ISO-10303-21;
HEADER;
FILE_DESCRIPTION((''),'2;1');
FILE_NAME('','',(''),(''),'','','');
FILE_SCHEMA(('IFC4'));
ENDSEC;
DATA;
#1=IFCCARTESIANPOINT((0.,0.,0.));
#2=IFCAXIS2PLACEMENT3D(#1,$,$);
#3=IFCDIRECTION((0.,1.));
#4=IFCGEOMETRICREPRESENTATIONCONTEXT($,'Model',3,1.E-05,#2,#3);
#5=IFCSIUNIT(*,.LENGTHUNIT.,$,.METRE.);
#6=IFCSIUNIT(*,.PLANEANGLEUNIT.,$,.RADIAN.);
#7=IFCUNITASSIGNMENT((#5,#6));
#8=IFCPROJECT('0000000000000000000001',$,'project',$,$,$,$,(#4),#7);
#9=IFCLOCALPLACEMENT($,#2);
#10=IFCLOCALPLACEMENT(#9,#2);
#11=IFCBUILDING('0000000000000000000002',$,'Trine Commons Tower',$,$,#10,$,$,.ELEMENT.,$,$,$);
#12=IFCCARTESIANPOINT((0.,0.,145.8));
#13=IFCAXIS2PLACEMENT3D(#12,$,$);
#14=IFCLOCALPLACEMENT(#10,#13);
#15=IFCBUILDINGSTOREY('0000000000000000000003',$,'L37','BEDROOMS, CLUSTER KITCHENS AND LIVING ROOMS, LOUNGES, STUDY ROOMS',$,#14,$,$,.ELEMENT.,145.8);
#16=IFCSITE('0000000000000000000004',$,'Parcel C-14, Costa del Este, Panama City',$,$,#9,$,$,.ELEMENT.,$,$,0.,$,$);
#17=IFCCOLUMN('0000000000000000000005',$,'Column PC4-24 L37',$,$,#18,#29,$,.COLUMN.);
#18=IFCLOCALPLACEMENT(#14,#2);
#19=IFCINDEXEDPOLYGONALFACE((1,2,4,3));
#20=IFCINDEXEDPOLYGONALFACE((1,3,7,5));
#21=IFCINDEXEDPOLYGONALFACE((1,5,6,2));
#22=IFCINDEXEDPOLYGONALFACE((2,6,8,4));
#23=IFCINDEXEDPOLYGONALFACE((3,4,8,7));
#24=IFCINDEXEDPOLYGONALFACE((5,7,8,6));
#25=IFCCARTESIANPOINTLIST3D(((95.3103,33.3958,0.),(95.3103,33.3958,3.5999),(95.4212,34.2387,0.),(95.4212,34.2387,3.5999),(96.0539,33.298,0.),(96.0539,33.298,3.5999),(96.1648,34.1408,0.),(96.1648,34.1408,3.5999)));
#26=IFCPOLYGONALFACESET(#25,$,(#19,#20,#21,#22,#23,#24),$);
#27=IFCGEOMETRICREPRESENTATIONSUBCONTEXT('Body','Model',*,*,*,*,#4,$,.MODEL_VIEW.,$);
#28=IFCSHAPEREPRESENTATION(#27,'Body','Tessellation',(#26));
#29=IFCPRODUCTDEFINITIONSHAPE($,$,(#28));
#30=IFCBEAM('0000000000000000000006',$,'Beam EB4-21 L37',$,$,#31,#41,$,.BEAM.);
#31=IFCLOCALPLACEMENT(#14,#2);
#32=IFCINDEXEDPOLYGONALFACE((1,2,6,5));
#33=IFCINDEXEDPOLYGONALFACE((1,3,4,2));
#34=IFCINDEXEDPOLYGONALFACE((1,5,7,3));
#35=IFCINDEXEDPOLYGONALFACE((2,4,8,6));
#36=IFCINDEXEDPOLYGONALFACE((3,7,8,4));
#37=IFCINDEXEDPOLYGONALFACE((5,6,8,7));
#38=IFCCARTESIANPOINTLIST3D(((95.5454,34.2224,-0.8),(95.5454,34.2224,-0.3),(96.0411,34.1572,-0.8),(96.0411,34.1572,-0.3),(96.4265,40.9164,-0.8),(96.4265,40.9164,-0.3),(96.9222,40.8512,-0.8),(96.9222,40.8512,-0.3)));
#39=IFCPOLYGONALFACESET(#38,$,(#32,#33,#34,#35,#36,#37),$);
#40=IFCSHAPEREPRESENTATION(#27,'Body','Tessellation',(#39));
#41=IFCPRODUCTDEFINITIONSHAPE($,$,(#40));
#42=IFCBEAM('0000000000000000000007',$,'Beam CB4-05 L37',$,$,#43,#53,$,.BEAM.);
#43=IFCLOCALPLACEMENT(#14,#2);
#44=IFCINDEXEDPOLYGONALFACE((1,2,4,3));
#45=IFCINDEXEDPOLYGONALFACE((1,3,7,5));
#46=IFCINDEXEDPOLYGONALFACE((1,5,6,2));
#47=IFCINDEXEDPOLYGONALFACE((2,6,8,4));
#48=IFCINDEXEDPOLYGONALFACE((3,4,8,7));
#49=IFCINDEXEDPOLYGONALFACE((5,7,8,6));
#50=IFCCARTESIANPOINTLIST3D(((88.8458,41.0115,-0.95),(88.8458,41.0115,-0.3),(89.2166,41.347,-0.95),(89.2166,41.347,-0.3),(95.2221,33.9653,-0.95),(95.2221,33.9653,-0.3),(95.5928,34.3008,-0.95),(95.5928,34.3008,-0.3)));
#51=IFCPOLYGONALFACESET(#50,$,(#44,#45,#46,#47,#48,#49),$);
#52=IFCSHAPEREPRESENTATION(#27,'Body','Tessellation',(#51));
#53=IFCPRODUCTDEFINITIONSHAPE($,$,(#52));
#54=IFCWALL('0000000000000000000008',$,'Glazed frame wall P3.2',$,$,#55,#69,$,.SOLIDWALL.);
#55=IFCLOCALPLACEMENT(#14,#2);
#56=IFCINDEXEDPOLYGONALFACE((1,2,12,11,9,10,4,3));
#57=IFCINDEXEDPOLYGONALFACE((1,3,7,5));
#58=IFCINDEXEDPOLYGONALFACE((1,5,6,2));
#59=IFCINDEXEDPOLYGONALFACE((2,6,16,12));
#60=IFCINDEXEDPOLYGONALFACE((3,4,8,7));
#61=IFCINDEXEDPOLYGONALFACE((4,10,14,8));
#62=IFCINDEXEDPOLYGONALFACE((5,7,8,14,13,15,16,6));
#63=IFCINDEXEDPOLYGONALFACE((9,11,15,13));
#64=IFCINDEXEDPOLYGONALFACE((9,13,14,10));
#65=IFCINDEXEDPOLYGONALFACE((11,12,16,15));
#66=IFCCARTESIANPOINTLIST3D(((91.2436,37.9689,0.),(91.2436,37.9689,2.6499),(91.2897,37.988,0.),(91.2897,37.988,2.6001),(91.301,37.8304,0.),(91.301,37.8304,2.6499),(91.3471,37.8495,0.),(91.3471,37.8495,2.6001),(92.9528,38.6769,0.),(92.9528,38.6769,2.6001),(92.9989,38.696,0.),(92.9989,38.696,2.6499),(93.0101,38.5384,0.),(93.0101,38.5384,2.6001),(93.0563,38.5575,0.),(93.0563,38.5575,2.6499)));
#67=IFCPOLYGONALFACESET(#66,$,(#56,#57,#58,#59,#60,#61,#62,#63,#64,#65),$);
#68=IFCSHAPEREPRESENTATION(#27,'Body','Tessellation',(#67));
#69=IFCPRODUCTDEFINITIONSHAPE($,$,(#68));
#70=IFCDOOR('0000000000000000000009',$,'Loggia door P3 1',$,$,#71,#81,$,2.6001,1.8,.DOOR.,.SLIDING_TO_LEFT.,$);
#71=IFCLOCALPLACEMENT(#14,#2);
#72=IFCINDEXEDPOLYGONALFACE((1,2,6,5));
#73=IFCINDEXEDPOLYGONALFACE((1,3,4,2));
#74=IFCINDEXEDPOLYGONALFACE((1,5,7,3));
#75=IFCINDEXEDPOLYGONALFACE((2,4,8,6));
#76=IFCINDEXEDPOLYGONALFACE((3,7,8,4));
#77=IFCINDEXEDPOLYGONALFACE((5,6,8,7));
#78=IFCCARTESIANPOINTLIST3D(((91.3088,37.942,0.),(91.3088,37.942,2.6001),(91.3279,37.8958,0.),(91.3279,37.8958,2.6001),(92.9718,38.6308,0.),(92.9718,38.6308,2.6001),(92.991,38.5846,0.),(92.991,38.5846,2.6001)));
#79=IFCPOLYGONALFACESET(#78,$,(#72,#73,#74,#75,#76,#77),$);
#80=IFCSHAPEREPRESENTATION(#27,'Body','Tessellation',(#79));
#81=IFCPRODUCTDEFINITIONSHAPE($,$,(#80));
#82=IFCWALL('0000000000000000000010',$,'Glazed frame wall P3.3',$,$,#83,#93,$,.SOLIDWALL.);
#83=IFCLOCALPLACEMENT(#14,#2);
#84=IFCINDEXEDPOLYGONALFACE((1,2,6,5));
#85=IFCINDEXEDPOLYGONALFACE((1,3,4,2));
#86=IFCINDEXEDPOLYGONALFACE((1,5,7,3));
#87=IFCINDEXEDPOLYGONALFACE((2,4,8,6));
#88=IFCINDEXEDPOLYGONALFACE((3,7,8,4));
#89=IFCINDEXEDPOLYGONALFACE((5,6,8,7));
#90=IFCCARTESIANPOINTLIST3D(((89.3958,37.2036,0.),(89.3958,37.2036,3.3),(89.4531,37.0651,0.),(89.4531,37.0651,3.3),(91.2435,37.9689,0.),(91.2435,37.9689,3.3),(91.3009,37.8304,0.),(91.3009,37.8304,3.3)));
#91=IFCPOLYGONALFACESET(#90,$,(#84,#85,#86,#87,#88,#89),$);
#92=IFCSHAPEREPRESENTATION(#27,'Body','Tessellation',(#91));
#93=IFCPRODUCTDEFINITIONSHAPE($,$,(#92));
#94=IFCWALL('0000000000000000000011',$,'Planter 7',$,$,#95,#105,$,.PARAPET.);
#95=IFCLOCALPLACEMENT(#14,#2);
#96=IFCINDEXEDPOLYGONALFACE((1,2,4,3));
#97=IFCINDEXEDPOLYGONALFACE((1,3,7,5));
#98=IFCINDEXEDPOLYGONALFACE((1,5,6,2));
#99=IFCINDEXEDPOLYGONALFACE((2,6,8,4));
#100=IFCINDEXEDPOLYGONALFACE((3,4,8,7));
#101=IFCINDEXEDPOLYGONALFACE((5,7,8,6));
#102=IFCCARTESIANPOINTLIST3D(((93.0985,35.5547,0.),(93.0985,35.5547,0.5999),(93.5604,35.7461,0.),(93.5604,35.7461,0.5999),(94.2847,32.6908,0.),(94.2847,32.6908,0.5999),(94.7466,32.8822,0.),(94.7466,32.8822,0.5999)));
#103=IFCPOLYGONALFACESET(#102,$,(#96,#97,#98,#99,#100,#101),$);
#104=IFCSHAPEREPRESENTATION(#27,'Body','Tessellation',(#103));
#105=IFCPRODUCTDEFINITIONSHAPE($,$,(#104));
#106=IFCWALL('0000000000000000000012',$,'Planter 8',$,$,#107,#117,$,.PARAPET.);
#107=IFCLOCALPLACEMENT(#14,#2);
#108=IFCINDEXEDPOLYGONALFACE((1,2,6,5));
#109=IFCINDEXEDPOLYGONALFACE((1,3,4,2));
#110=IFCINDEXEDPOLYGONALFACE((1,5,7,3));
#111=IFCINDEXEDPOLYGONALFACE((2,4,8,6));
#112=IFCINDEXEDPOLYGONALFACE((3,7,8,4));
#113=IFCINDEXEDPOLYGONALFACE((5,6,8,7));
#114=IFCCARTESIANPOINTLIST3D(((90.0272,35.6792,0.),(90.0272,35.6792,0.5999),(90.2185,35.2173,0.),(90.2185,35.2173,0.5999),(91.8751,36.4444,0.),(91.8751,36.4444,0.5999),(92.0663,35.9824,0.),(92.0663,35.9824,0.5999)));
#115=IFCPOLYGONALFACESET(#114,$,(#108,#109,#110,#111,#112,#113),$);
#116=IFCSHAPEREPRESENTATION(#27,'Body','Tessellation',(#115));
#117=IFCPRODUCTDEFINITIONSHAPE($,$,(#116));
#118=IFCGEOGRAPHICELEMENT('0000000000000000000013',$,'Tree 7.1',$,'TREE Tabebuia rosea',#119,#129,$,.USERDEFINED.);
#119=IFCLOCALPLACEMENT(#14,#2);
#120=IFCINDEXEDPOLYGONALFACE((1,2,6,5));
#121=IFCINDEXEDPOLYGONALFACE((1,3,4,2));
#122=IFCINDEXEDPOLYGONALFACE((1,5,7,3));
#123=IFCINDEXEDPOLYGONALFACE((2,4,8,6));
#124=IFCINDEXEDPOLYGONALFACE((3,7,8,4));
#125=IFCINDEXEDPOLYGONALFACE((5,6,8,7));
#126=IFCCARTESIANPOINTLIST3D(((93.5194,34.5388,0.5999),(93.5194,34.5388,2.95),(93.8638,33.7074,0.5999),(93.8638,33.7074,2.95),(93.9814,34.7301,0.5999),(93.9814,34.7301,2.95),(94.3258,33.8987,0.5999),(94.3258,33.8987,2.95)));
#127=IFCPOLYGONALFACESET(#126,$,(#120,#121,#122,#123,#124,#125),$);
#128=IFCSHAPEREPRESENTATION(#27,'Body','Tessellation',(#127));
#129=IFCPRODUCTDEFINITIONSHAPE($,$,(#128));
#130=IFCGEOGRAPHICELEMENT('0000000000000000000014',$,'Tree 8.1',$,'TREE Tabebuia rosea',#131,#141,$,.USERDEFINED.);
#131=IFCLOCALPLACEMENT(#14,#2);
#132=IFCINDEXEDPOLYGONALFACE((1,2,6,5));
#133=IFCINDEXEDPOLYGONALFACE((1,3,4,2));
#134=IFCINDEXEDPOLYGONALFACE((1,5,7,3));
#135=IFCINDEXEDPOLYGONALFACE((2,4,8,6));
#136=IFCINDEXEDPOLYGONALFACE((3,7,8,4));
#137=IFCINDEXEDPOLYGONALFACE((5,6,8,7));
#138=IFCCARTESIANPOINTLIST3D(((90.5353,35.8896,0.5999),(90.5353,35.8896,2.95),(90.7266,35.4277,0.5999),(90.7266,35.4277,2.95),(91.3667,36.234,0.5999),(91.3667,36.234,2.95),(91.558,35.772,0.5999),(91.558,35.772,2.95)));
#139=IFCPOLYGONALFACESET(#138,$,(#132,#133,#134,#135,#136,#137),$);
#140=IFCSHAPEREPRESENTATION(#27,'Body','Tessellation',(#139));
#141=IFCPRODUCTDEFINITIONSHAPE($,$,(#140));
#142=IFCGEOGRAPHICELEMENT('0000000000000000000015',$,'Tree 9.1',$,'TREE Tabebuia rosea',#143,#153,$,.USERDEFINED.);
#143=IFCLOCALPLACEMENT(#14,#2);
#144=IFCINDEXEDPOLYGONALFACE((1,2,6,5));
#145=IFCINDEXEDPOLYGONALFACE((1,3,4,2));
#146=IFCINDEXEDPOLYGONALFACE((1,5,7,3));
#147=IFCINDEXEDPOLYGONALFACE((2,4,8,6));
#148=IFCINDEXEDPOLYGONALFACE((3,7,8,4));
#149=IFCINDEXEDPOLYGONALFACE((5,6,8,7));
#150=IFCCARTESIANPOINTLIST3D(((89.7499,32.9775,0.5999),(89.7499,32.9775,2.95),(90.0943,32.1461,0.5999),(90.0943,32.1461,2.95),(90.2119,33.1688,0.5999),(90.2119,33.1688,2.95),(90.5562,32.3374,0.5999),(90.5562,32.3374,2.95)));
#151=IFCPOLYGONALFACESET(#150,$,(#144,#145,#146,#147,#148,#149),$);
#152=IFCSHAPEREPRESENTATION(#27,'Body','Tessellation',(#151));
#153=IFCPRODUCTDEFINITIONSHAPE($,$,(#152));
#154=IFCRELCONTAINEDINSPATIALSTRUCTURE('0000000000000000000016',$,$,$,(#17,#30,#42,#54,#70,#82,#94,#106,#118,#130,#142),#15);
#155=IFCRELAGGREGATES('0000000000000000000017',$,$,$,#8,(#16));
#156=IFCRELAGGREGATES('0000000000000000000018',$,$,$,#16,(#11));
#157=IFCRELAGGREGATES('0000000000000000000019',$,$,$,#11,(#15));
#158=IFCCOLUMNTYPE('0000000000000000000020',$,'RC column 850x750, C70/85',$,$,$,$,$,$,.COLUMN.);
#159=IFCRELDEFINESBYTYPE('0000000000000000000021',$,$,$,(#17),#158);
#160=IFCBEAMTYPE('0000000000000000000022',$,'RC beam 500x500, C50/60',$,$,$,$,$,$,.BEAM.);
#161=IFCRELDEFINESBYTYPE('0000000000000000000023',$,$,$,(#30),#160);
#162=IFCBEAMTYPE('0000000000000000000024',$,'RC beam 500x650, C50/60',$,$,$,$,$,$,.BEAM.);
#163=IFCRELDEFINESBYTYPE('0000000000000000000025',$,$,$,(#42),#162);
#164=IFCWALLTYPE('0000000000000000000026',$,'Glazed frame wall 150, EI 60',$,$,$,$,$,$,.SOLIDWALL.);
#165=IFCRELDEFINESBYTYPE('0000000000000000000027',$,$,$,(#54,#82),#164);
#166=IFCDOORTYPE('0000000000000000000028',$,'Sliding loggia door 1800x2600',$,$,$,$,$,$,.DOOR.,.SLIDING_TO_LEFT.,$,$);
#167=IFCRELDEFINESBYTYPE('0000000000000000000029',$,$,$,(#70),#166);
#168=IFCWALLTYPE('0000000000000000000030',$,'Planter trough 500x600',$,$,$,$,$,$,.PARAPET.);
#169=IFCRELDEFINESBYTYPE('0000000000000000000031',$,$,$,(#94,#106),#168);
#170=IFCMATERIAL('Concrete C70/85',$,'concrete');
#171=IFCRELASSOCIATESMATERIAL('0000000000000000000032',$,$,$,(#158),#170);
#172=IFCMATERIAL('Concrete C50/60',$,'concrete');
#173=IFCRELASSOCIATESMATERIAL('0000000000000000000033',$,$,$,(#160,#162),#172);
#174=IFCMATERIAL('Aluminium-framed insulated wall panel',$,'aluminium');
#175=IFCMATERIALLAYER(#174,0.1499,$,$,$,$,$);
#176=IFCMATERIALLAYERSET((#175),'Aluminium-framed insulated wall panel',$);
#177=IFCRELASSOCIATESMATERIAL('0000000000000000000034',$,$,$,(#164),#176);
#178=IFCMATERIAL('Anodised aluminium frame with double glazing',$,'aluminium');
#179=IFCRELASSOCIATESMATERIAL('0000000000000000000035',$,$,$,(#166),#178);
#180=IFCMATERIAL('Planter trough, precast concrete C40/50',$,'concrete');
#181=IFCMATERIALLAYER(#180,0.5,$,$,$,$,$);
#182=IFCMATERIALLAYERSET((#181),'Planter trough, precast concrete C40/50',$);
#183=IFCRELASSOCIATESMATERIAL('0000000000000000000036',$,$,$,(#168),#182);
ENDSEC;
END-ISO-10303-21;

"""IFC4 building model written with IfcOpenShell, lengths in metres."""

from ifc_helpers import new_model, si_unit, direction, frame, frame_2d, origin, origin_2d, place, context, subcontext, project, spatial, polyline, rectangle, outline, extrude, material, layer, layer_set, material_profile, profile_set, type_object, element, fill, save


model = new_model("IFC4")

# Units and contexts
model_context = context("Model", 3, precision=1e-05, world=origin(), true_north=direction((0.0, 1.0)))
body_context = subcontext(model_context, "Body", "Model", "MODEL_VIEW")
ifc_project = project(units=[si_unit("LENGTHUNIT", "METRE"), si_unit("PLANEANGLEUNIT", "RADIAN")], contexts=[model_context])

# Site, building, storey
site_placement = place(None, origin())
site = spatial("IfcSite", under=ifc_project, at=site_placement, Name="Parcel C-14, Costa del Este, Panama City", CompositionType="ELEMENT", RefElevation=0.0)
building_placement = place(site_placement, origin())
building = spatial("IfcBuilding", under=site, at=building_placement, Name="Trine Commons Tower", CompositionType="ELEMENT")
storey_placement = place(building_placement, frame((0.0, 0.0, 145.8)))
storey = spatial("IfcBuildingStorey", under=building, at=storey_placement, Name="L37", Description="BEDROOMS, CLUSTER KITCHENS AND LIVING ROOMS, LOUNGES, STUDY ROOMS", CompositionType="ELEMENT", Elevation=145.8)

# Column
ifc_material_1 = material(Name="Concrete C70/85", Category="concrete")
ifc_material_profile_1 = material_profile(ifc_material_1, rectangle(XDim=0.8501, YDim=0.75, at=origin_2d()), Name="RC 850x750")
ifc_profile_set_1 = profile_set([ifc_material_profile_1], Name="Concrete C70/85")
column_type = type_object("IfcColumnType", Name="RC column 850x750, C70/85", PredefinedType="COLUMN", material=ifc_profile_set_1)
column_placement = place(storey_placement, frame((95.7375, 33.7683, 0.0), z_axis=(0.0, 0.0, 1.0), x_axis=(0.130526, 0.991445, 0.0)))
element("IfcColumn", 1, at=column_placement, inside=storey, type_object=column_type, Name="Column PC4-24 L37", PredefinedType="COLUMN", context=body_context, shape_type="SweptSolid", body=[
    extrude(rectangle(XDim=0.8501, YDim=0.75, at=origin_2d()), origin(), (0.0, 0.0, 1.0), 3.5999),
])

# Beams
ifc_material_2 = material(Name="Concrete C50/60", Category="concrete")
ifc_material_profile_2 = material_profile(ifc_material_2, rectangle(XDim=0.5, YDim=0.5, at=origin_2d()), Name="RC 500x500")
ifc_profile_set_2 = profile_set([ifc_material_profile_2], Name="Concrete C50/60")
beam_type_1 = type_object("IfcBeamType", Name="RC beam 500x500, C50/60", PredefinedType="BEAM", material=ifc_profile_set_2)
beam_1_placement = place(storey_placement, frame((96.6743, 40.8838, -0.55), z_axis=(-0.130498, -0.991449, 0.0), x_axis=(0.991449, -0.130498, 0.0)))
element("IfcBeam", 2, at=beam_1_placement, inside=storey, type_object=beam_type_1, Name="Beam EB4-21 L37", PredefinedType="BEAM", context=body_context, shape_type="SweptSolid", body=[
    extrude(rectangle(XDim=0.5, YDim=0.5, at=origin_2d()), origin(), (0.0, 0.0, 1.0), 6.7517),
])
ifc_material_profile_3 = material_profile(ifc_material_2, rectangle(XDim=0.5, YDim=0.6499, at=origin_2d()), Name="RC 500x650")
ifc_profile_set_3 = profile_set([ifc_material_profile_3], Name="Concrete C50/60")
beam_type_2 = type_object("IfcBeamType", Name="RC beam 500x650, C50/60", PredefinedType="BEAM", material=ifc_profile_set_3)
beam_2_placement = place(storey_placement, frame((95.4075, 34.1331, -0.625), z_axis=(-0.670979, 0.741476, 0.0), x_axis=(-0.741476, -0.670979, 0.0)))
element("IfcBeam", 3, at=beam_2_placement, inside=storey, type_object=beam_type_2, Name="Beam CB4-05 L37", PredefinedType="BEAM", context=body_context, shape_type="SweptSolid", body=[
    extrude(rectangle(XDim=0.5, YDim=0.6499, at=origin_2d()), origin(), (0.0, 0.0, 1.0), 9.5029),
])

# Shared definitions
ifc_material_3 = material(Name="Aluminium-framed insulated wall panel", Category="aluminium")
ifc_layer_1 = layer(ifc_material_3, 0.1499)
ifc_layer_set_1 = layer_set([ifc_layer_1], Name="Aluminium-framed insulated wall panel")
wall_type_1 = type_object("IfcWallType", Name="Glazed frame wall 150, EI 60", PredefinedType="SOLIDWALL", material=ifc_layer_set_1)

# Wall, opening, door
wall_1_placement = place(storey_placement, frame((93.0276, 38.6267, 0.0), z_axis=(0.0, 0.0, 1.0), x_axis=(-0.923888, -0.382662, 0.0)))
wall_1 = element("IfcWall", 4, at=wall_1_placement, inside=storey, type_object=wall_type_1, Name="Glazed frame wall P3.2", PredefinedType="SOLIDWALL", context=body_context, shape_type="SweptSolid", body=[
    extrude(outline(polyline([(0.0, -0.075), (1.8999, -0.075), (1.8999, 0.075), (0.0, 0.075), (0.0, -0.075)])), origin(), (0.0, 0.0, 1.0), 2.6499),
])
opening_placement = place(wall_1_placement, frame((0.05, 0.0, 0.0)))
opening = element("IfcOpeningElement", 5, at=opening_placement, cuts=wall_1, PredefinedType="OPENING", context=body_context, shape_type="SweptSolid", body=[
    extrude(rectangle(XDim=1.8, YDim=2.6001, at=frame_2d((0.8999, 1.3))), frame((0.0, 0.085, 0.0), z_axis=(0.0, -1.0, 0.0), x_axis=(1.0, 0.0, 0.0)), (0.0, 0.0, 1.0), 0.1699),
])
ifc_material_4 = material(Name="Anodised aluminium frame with double glazing", Category="aluminium")
door_type = type_object("IfcDoorType", Name="Sliding loggia door 1800x2600", OperationType="SLIDING_TO_LEFT", PredefinedType="DOOR", material=ifc_material_4)
door_placement = place(opening_placement, origin())
door = element("IfcDoor", 6, at=door_placement, inside=storey, type_object=door_type, Name="Loggia door P3 1", OperationType="SLIDING_TO_LEFT", OverallHeight=2.6001, OverallWidth=1.8, PredefinedType="DOOR", context=body_context, shape_type="SweptSolid", body=[
    extrude(rectangle(XDim=1.8, YDim=2.6001, at=frame_2d((0.8999, 1.3))), frame((0.0, 0.0249, 0.0), z_axis=(0.0, -1.0, 0.0), x_axis=(1.0, 0.0, 0.0)), (0.0, 0.0, 1.0), 0.05),
])
fill(opening, door)

# Walls
wall_2_placement = place(storey_placement, frame((91.2722, 37.8997, 0.0), z_axis=(0.0, 0.0, 1.0), x_axis=(-0.923887, -0.382664, 0.0)))
element("IfcWall", 7, at=wall_2_placement, inside=storey, type_object=wall_type_1, Name="Glazed frame wall P3.3", PredefinedType="SOLIDWALL", context=body_context, shape_type="SweptSolid", body=[
    extrude(outline(polyline([(0.0, -0.075), (2.0, -0.075), (2.0, 0.075), (0.0, 0.075), (0.0, -0.075)])), origin(), (0.0, 0.0, 1.0), 3.3),
])
ifc_material_5 = material(Name="Planter trough, precast concrete C40/50", Category="concrete")
ifc_layer_2 = layer(ifc_material_5, 0.5)
ifc_layer_set_2 = layer_set([ifc_layer_2], Name="Planter trough, precast concrete C40/50")
wall_type_2 = type_object("IfcWallType", Name="Planter trough 500x600", PredefinedType="PARAPET", material=ifc_layer_set_2)
wall_3_placement = place(storey_placement, frame((94.5156, 32.7866, 0.0), z_axis=(0.0, 0.0, 1.0), x_axis=(-0.382674, 0.923883, 0.0)))
element("IfcWall", 8, at=wall_3_placement, inside=storey, type_object=wall_type_2, Name="Planter 7", PredefinedType="PARAPET", context=body_context, shape_type="SweptSolid", body=[
    extrude(rectangle(XDim=3.0999, YDim=0.5, at=frame_2d((1.5498, 0.0))), origin(), (0.0, 0.0, 1.0), 0.5999),
])
wall_4_placement = place(storey_placement, frame((91.9707, 36.2134, 0.0), z_axis=(0.0, 0.0, 1.0), x_axis=(-0.923931, -0.38256, 0.0)))
element("IfcWall", 9, at=wall_4_placement, inside=storey, type_object=wall_type_2, Name="Planter 8", PredefinedType="PARAPET", context=body_context, shape_type="SweptSolid", body=[
    extrude(rectangle(XDim=2.0, YDim=0.5, at=frame_2d((1.0, 0.0))), origin(), (0.0, 0.0, 1.0), 0.5999),
])

# Geographic elements
for number, where, z_axis, x_axis, name in (
    (10, (93.9226, 34.2188, 0.5999), (0.0, 0.0, 1.0), (-0.382695, 0.923875, 0.0), "Tree 7.1"),
    (11, (91.0466, 35.8308, 0.5999), (0.0, 0.0, 1.0), (-0.923878, -0.382688, 0.0), "Tree 8.1"),
    (12, (90.1531, 32.6575, 0.5999), (0.0, 0.0, 1.0), (0.382695, -0.923875, 0.0), "Tree 9.1"),
):
    element("IfcGeographicElement", number, at=place(storey_placement, frame(where, z_axis=z_axis, x_axis=x_axis)), inside=storey, Name=name, ObjectType="TREE Tabebuia rosea", PredefinedType="USERDEFINED", context=body_context, shape_type="SweptSolid", body=[
        extrude(rectangle(XDim=0.8999, YDim=0.5, at=origin_2d()), origin(), (0.0, 0.0, 1.0), 2.3501),
    ])

save(model, "model.ifc")
